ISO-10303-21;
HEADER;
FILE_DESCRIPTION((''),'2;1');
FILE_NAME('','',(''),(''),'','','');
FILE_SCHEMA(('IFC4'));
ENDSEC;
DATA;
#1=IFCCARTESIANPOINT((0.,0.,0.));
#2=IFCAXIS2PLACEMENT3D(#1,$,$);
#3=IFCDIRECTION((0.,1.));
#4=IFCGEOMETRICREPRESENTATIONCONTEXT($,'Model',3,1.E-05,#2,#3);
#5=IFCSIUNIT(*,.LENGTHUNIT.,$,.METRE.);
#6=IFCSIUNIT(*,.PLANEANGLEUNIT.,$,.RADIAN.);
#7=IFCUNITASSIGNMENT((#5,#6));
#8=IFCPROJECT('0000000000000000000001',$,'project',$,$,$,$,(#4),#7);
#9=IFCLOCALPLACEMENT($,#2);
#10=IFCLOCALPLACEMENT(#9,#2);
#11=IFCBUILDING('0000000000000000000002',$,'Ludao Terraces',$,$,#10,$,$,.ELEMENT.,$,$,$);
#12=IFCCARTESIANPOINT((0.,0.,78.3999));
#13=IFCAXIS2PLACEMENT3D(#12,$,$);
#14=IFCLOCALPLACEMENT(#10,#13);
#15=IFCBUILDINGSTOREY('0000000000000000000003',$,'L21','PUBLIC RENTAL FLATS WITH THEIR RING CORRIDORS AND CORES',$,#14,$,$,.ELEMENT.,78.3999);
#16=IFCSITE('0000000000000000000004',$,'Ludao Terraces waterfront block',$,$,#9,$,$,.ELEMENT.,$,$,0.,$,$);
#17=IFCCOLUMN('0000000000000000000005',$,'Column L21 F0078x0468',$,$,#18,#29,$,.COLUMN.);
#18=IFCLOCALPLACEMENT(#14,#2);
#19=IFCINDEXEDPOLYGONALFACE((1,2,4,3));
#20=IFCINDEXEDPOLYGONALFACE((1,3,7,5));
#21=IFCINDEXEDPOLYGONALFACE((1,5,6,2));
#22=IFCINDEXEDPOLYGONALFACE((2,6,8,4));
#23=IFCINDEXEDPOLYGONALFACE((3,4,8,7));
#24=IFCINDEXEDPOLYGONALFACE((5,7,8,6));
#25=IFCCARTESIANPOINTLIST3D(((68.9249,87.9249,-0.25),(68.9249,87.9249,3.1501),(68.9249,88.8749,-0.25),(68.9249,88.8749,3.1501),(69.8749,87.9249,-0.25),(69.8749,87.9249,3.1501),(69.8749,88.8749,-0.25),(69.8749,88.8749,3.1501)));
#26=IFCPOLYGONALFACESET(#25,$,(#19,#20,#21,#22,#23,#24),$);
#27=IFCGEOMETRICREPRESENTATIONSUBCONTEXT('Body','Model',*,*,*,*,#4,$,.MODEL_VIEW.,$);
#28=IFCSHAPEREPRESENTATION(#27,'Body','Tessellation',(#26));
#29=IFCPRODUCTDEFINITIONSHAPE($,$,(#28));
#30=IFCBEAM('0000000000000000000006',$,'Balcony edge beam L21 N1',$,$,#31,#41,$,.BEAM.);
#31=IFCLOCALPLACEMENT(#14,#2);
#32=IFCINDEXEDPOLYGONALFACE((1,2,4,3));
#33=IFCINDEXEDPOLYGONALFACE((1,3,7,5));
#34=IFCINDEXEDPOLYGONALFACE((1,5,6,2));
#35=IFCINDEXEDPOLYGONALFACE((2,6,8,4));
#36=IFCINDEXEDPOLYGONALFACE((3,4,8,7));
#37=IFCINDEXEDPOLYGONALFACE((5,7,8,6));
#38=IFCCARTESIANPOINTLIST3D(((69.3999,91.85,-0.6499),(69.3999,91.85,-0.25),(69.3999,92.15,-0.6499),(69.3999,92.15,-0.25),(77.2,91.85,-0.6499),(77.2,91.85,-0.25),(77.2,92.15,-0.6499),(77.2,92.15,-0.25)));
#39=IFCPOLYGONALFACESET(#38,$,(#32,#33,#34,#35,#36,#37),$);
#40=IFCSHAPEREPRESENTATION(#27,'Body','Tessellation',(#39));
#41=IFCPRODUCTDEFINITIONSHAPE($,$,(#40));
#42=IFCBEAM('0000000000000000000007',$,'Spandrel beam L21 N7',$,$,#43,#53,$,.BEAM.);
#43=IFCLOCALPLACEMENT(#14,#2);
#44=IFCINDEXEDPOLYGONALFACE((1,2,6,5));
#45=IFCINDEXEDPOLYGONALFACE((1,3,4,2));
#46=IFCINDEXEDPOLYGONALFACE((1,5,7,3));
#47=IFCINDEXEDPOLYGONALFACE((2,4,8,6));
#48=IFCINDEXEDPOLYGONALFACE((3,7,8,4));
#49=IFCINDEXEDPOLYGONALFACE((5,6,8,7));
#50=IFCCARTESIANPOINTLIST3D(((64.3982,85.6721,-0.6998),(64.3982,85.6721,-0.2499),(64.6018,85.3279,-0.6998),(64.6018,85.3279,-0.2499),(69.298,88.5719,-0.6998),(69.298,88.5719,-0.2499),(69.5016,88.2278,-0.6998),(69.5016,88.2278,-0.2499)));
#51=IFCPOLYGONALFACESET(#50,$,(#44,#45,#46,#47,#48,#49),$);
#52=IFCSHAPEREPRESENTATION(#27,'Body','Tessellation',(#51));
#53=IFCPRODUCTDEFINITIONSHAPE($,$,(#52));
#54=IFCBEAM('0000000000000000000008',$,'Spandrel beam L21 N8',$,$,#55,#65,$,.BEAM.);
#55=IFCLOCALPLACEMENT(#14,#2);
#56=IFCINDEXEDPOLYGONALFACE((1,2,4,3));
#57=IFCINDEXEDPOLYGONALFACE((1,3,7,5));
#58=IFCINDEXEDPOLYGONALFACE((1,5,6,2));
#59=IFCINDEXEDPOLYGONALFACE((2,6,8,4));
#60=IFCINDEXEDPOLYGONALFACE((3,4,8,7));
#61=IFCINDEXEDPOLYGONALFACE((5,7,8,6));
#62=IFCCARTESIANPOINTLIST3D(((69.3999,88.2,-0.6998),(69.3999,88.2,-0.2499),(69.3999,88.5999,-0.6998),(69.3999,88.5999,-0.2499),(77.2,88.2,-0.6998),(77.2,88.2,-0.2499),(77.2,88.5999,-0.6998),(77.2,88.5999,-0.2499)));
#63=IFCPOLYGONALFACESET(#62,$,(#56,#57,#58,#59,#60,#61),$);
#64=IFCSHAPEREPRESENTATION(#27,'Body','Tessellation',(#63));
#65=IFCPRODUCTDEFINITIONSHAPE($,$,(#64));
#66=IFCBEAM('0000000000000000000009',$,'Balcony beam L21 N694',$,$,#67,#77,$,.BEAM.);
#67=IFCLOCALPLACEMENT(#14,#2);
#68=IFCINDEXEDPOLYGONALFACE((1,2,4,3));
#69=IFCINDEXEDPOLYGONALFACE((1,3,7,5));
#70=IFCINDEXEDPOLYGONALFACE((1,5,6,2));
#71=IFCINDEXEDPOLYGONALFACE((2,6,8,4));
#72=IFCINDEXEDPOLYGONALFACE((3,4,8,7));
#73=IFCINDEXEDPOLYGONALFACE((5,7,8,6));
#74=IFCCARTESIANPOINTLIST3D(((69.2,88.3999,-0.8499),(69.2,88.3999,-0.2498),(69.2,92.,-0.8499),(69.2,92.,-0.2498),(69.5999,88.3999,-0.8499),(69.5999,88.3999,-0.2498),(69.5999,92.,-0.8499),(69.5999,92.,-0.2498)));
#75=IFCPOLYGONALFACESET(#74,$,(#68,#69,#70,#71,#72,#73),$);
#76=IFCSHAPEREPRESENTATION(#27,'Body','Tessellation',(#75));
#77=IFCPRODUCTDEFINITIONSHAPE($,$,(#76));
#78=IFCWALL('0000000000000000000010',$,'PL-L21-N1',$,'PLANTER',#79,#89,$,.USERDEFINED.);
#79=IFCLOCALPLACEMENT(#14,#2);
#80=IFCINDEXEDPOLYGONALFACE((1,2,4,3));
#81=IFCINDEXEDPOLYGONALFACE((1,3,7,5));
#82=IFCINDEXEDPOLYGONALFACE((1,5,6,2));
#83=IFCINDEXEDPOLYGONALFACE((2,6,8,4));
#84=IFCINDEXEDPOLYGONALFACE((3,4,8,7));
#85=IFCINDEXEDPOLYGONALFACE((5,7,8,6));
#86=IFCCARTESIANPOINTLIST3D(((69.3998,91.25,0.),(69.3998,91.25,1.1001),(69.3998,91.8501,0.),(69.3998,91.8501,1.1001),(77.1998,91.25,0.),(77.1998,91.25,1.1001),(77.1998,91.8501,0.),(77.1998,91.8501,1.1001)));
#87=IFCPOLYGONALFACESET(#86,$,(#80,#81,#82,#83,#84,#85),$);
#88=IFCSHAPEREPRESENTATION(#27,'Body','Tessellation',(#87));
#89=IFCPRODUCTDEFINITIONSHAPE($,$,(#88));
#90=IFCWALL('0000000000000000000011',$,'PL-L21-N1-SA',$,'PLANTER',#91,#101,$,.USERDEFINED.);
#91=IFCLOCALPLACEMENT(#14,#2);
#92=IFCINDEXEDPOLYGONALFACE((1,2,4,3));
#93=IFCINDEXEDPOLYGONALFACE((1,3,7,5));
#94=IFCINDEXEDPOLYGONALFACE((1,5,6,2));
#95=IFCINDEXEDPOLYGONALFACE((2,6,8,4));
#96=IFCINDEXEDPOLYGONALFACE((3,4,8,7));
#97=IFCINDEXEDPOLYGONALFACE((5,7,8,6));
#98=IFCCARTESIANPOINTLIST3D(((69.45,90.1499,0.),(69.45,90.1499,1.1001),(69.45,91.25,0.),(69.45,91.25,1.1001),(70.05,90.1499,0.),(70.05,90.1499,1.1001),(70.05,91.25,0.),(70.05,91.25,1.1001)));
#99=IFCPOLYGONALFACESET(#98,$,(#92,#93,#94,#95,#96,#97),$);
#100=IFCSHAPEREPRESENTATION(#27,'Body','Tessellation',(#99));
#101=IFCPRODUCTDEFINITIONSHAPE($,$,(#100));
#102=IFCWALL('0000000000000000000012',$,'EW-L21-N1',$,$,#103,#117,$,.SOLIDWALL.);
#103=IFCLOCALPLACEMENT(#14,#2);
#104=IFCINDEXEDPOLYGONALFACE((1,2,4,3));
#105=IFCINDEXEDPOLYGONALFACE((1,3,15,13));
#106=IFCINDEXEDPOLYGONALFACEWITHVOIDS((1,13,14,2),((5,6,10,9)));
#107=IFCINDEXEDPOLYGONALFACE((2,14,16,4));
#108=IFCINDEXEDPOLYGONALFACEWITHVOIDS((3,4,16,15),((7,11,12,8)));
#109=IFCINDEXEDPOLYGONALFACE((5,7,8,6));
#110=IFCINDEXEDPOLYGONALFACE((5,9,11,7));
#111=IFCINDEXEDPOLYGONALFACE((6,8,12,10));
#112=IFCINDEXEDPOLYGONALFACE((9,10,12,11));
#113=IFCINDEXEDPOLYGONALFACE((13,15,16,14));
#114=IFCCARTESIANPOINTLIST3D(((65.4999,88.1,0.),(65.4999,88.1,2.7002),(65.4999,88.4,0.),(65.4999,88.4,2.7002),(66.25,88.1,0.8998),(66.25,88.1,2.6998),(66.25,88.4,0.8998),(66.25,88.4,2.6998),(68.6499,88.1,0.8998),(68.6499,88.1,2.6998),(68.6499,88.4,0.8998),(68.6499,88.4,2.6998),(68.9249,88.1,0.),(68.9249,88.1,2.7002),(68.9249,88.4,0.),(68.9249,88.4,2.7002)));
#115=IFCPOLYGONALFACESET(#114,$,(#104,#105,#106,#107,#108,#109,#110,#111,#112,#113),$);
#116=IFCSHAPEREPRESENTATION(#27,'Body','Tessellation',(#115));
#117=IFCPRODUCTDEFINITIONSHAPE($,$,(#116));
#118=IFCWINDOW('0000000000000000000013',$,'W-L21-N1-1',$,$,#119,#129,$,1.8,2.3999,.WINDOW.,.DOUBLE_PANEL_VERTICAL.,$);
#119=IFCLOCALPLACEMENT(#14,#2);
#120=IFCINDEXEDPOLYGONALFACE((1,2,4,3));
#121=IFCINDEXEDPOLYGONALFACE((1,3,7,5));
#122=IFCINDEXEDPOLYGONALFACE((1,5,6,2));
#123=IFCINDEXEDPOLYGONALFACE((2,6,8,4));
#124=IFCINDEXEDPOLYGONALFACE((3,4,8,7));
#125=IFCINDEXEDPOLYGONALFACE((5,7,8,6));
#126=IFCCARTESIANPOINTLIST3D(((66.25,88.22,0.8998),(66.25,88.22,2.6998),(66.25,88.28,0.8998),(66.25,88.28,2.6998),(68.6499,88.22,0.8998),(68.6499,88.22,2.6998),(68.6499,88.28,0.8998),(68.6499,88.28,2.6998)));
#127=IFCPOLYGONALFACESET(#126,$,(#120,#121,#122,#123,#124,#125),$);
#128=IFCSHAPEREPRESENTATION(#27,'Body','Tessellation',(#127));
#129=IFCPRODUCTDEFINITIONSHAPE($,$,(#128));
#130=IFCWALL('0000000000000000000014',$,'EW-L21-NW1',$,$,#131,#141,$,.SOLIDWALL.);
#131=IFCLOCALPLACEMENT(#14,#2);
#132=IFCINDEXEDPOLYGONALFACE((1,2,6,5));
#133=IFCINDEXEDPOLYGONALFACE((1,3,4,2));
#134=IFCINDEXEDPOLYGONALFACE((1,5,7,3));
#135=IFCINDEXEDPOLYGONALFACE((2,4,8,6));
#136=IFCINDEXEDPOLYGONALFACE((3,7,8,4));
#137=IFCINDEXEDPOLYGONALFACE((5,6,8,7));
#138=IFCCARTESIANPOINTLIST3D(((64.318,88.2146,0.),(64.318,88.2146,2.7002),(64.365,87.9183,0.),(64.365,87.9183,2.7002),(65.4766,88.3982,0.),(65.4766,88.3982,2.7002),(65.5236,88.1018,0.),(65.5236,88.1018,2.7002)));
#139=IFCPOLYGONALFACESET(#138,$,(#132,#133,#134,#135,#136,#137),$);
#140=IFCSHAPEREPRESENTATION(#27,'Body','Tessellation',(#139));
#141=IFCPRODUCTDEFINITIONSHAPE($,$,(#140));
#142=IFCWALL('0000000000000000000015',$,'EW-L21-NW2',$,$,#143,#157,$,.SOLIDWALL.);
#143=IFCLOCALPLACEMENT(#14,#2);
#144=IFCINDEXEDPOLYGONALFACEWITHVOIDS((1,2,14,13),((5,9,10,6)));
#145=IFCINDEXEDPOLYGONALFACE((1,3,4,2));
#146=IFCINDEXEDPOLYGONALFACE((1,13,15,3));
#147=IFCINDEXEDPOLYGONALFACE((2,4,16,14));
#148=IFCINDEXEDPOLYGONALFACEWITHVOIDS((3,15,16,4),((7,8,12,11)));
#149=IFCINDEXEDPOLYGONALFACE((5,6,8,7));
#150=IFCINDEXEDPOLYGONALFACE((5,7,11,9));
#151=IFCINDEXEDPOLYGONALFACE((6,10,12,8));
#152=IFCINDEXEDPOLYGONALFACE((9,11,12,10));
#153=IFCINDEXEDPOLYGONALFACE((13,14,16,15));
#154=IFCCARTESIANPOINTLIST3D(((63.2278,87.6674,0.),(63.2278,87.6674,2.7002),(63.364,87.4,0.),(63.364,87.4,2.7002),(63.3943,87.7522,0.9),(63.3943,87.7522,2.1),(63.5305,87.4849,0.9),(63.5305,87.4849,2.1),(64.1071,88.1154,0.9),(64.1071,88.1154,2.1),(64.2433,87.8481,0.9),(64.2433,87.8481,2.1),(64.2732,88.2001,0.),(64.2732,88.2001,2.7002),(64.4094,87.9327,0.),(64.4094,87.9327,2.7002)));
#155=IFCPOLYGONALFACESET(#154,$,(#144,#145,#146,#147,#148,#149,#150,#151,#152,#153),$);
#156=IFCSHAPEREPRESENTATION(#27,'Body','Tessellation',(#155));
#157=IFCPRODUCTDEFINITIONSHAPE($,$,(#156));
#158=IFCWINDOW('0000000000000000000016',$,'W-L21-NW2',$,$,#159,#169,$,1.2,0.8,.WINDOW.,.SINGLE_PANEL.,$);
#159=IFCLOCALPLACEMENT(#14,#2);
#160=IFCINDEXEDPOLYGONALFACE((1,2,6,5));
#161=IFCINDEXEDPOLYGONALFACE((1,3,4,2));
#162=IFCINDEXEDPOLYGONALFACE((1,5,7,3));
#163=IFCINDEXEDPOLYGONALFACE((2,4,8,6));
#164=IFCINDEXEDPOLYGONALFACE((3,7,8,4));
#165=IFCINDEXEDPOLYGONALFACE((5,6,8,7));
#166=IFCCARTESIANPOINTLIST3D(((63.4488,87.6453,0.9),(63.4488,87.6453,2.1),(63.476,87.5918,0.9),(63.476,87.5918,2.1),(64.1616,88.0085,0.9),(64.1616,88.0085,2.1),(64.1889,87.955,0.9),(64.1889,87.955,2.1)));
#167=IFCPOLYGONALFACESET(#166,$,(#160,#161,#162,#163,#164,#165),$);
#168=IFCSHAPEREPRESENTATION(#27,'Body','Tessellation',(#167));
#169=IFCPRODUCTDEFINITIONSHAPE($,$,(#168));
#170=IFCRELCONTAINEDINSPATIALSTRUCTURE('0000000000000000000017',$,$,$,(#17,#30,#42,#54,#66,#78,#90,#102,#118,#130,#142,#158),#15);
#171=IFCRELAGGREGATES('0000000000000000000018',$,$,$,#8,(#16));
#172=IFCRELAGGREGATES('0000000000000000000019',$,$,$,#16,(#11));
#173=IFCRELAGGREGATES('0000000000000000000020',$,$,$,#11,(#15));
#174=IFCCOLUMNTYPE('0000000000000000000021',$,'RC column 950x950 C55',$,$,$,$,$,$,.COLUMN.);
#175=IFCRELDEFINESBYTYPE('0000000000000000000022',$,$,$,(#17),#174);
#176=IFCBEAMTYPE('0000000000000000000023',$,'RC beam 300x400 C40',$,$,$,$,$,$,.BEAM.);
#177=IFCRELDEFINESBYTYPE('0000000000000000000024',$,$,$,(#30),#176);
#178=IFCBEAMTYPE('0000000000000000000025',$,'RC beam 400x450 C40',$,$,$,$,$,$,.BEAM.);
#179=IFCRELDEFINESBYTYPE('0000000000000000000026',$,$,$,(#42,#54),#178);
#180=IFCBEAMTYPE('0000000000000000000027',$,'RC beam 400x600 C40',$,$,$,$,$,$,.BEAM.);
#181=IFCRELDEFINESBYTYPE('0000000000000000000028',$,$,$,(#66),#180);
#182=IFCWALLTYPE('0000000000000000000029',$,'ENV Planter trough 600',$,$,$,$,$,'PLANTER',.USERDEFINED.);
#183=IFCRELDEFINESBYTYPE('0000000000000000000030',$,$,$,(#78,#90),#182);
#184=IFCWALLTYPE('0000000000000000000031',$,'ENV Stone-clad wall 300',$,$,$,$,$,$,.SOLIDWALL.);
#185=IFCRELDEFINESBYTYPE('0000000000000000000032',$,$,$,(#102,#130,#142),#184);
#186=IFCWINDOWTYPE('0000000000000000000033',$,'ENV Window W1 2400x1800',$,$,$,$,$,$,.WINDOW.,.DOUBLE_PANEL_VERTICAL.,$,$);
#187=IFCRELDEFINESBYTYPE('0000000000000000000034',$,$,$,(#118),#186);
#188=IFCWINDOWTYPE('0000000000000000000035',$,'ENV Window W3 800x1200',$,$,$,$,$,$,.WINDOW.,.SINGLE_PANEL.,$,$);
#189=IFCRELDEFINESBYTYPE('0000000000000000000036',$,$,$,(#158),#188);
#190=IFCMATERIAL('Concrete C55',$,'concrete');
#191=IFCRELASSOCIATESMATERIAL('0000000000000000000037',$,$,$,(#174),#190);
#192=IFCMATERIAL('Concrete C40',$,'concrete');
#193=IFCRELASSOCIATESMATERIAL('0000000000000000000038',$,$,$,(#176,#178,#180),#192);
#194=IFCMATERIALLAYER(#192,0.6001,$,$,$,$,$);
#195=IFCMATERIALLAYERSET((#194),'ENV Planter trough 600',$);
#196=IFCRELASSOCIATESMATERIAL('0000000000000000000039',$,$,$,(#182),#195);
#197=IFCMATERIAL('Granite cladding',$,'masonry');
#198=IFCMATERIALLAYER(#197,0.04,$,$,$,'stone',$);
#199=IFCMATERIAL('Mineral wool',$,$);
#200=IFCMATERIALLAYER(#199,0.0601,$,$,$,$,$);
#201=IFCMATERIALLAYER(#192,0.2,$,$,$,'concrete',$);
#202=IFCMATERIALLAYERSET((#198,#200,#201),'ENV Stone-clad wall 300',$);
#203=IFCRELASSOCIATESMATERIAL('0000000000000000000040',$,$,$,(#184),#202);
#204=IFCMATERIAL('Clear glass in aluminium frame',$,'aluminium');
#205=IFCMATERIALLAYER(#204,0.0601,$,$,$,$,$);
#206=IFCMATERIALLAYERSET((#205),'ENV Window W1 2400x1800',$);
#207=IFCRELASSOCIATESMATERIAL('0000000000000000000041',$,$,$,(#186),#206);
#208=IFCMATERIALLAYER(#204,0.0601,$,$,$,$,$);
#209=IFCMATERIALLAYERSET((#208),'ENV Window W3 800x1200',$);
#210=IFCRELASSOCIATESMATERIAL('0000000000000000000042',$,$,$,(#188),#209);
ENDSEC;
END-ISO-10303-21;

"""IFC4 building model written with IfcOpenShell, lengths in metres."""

from ifc_helpers import new_model, si_unit, direction, frame, frame_2d, origin, origin_2d, place, context, subcontext, project, spatial, rectangle, extrude, material, layer, layer_set, material_profile, profile_set, type_object, element, fill, save


model = new_model("IFC4")

# Units and contexts
model_context = context("Model", 3, precision=1e-05, world=origin(), true_north=direction((0.0, 1.0)))
body_context = subcontext(model_context, "Body", "Model", "MODEL_VIEW")
ifc_project = project(units=[si_unit("LENGTHUNIT", "METRE"), si_unit("PLANEANGLEUNIT", "RADIAN")], contexts=[model_context])

# Site, building, storey
site_placement = place(None, origin())
site = spatial("IfcSite", under=ifc_project, at=site_placement, Name="Ludao Terraces waterfront block", CompositionType="ELEMENT", RefElevation=0.0)
building_placement = place(site_placement, origin())
building = spatial("IfcBuilding", under=site, at=building_placement, Name="Ludao Terraces", CompositionType="ELEMENT")
storey_placement = place(building_placement, frame((0.0, 0.0, 78.3999)))
storey = spatial("IfcBuildingStorey", under=building, at=storey_placement, Name="L21", Description="PUBLIC RENTAL FLATS WITH THEIR RING CORRIDORS AND CORES", CompositionType="ELEMENT", Elevation=78.3999)

# Column
ifc_material_1 = material(Name="Concrete C55", Category="concrete")
ifc_material_profile_1 = material_profile(ifc_material_1, rectangle(XDim=0.95, YDim=0.95, at=origin_2d()), Name="950 X 950")
ifc_profile_set_1 = profile_set([ifc_material_profile_1], Name="Concrete C55")
column_type = type_object("IfcColumnType", Name="RC column 950x950 C55", PredefinedType="COLUMN", material=ifc_profile_set_1)
column_placement = place(storey_placement, frame((69.3999, 88.3999, -0.25), z_axis=(0.0, 0.0, 1.0), x_axis=(1.0, 0.0, 0.0)))
element("IfcColumn", 1, at=column_placement, inside=storey, type_object=column_type, Name="Column L21 F0078x0468", PredefinedType="COLUMN", context=body_context, shape_type="SweptSolid", body=[
    extrude(rectangle(XDim=0.95, YDim=0.95, at=origin_2d()), origin(), (0.0, 0.0, 1.0), 3.4001),
])

# Beams
ifc_material_2 = material(Name="Concrete C40", Category="concrete")
ifc_material_profile_2 = material_profile(ifc_material_2, rectangle(XDim=0.3, YDim=0.3999, at=origin_2d()), Name="300 X 400")
ifc_profile_set_2 = profile_set([ifc_material_profile_2], Name="Concrete C40")
beam_type_1 = type_object("IfcBeamType", Name="RC beam 300x400 C40", PredefinedType="BEAM", material=ifc_profile_set_2)
beam_1_placement = place(storey_placement, frame((69.3999, 92.0, -0.45), z_axis=(1.0, 0.0, 0.0), x_axis=(0.0, 1.0, 0.0)))
element("IfcBeam", 2, at=beam_1_placement, inside=storey, type_object=beam_type_1, Name="Balcony edge beam L21 N1", PredefinedType="BEAM", context=body_context, shape_type="SweptSolid", body=[
    extrude(rectangle(XDim=0.3, YDim=0.3999, at=origin_2d()), origin(), (0.0, 0.0, 1.0), 7.8),
])
ifc_material_profile_3 = material_profile(ifc_material_2, rectangle(XDim=0.3999, YDim=0.45, at=origin_2d()), Name="400 X 450")
ifc_profile_set_3 = profile_set([ifc_material_profile_3], Name="Concrete C40")
beam_type_2 = type_object("IfcBeamType", Name="RC beam 400x450 C40", PredefinedType="BEAM", material=ifc_profile_set_3)
beam_2_placement = place(storey_placement, frame((64.5, 85.5, -0.4749), z_axis=(0.86058, 0.509316, 0.0), x_axis=(-0.509316, 0.86058, 0.0)))
element("IfcBeam", 3, at=beam_2_placement, inside=storey, type_object=beam_type_2, Name="Spandrel beam L21 N7", PredefinedType="BEAM", context=body_context, shape_type="SweptSolid", body=[
    extrude(rectangle(XDim=0.3999, YDim=0.45, at=origin_2d()), origin(), (0.0, 0.0, 1.0), 5.6936),
])
beam_3_placement = place(storey_placement, frame((69.3999, 88.3999, -0.4749), z_axis=(1.0, 0.0, 0.0), x_axis=(0.0, 1.0, 0.0)))
element("IfcBeam", 4, at=beam_3_placement, inside=storey, type_object=beam_type_2, Name="Spandrel beam L21 N8", PredefinedType="BEAM", context=body_context, shape_type="SweptSolid", body=[
    extrude(rectangle(XDim=0.3999, YDim=0.45, at=origin_2d()), origin(), (0.0, 0.0, 1.0), 7.8),
])
ifc_material_profile_4 = material_profile(ifc_material_2, rectangle(XDim=0.3999, YDim=0.6001, at=origin_2d()), Name="400 X 600")
ifc_profile_set_4 = profile_set([ifc_material_profile_4], Name="Concrete C40")
beam_type_3 = type_object("IfcBeamType", Name="RC beam 400x600 C40", PredefinedType="BEAM", material=ifc_profile_set_4)
beam_4_placement = place(storey_placement, frame((69.3999, 88.3999, -0.5498), z_axis=(0.0, 1.0, 0.0), x_axis=(-1.0, 0.0, 0.0)))
element("IfcBeam", 5, at=beam_4_placement, inside=storey, type_object=beam_type_3, Name="Balcony beam L21 N694", PredefinedType="BEAM", context=body_context, shape_type="SweptSolid", body=[
    extrude(rectangle(XDim=0.3999, YDim=0.6001, at=origin_2d()), origin(), (0.0, 0.0, 1.0), 3.6001),
])

# Walls
ifc_layer_1 = layer(ifc_material_2, 0.6001)
ifc_layer_set_1 = layer_set([ifc_layer_1], Name="ENV Planter trough 600")
wall_type_1 = type_object("IfcWallType", Name="ENV Planter trough 600", ElementType="PLANTER", PredefinedType="USERDEFINED", material=ifc_layer_set_1)
wall_1_placement = place(storey_placement, frame((69.3999, 91.55, 0.0), z_axis=(0.0, 0.0, 1.0), x_axis=(1.0, 0.0, 0.0)))
element("IfcWall", 6, at=wall_1_placement, inside=storey, type_object=wall_type_1, Name="PL-L21-N1", ObjectType="PLANTER", PredefinedType="USERDEFINED", context=body_context, shape_type="SweptSolid", body=[
    extrude(rectangle(XDim=7.8, YDim=0.6001, at=frame_2d((3.8999, 0.0))), origin(), (0.0, 0.0, 1.0), 1.1001),
])
wall_2_placement = place(storey_placement, frame((69.75, 91.25, 0.0), z_axis=(0.0, 0.0, 1.0), x_axis=(0.0, -1.0, 0.0)))
element("IfcWall", 7, at=wall_2_placement, inside=storey, type_object=wall_type_1, Name="PL-L21-N1-SA", ObjectType="PLANTER", PredefinedType="USERDEFINED", context=body_context, shape_type="SweptSolid", body=[
    extrude(rectangle(XDim=1.1001, YDim=0.6001, at=frame_2d((0.55, 0.0))), origin(), (0.0, 0.0, 1.0), 1.1001),
])

# Wall, opening, window
ifc_material_3 = material(Name="Granite cladding", Category="masonry")
ifc_layer_2 = layer(ifc_material_3, 0.04, Category="stone")
ifc_material_4 = material(Name="Mineral wool")
ifc_layer_3 = layer(ifc_material_4, 0.0601)
ifc_layer_4 = layer(ifc_material_2, 0.2, Category="concrete")
ifc_layer_set_2 = layer_set([ifc_layer_2, ifc_layer_3, ifc_layer_4], Name="ENV Stone-clad wall 300")
wall_type_2 = type_object("IfcWallType", Name="ENV Stone-clad wall 300", PredefinedType="SOLIDWALL", material=ifc_layer_set_2)
wall_3_placement = place(storey_placement, frame((65.5, 88.25, 0.0), z_axis=(0.0, 0.0, 1.0), x_axis=(1.0, 0.0, 0.0)))
wall_3 = element("IfcWall", 8, at=wall_3_placement, inside=storey, type_object=wall_type_2, Name="EW-L21-N1", PredefinedType="SOLIDWALL", context=body_context, shape_type="SweptSolid", body=[
    extrude(rectangle(XDim=3.425, YDim=0.3, at=frame_2d((1.7124, 0.0))), origin(), (0.0, 0.0, 1.0), 2.7002),
])
opening_1_placement = place(wall_3_placement, frame((0.75, 0.0, 0.8999)))
opening_1 = element("IfcOpeningElement", 9, at=opening_1_placement, cuts=wall_3, PredefinedType="OPENING", context=body_context, shape_type="SweptSolid", body=[
    extrude(rectangle(XDim=2.3999, YDim=1.8, at=frame_2d((1.2, 0.8999))), frame((0.0, 0.1602, 0.0), z_axis=(0.0, -1.0, 0.0), x_axis=(1.0, 0.0, 0.0)), (0.0, 0.0, 1.0), 0.3201),
])
ifc_material_5 = material(Name="Clear glass in aluminium frame", Category="aluminium")
ifc_layer_5 = layer(ifc_material_5, 0.0601)
ifc_layer_set_3 = layer_set([ifc_layer_5], Name="ENV Window W1 2400x1800")
window_type_1 = type_object("IfcWindowType", Name="ENV Window W1 2400x1800", PartitioningType="DOUBLE_PANEL_VERTICAL", PredefinedType="WINDOW", material=ifc_layer_set_3)
window_1_placement = place(opening_1_placement, origin())
window_1 = element("IfcWindow", 10, at=window_1_placement, inside=storey, type_object=window_type_1, Name="W-L21-N1-1", OverallHeight=1.8, OverallWidth=2.3999, PartitioningType="DOUBLE_PANEL_VERTICAL", PredefinedType="WINDOW", context=body_context, shape_type="SweptSolid", body=[
    extrude(rectangle(XDim=2.3999, YDim=1.8, at=frame_2d((1.2, 0.8999))), frame((0.0, 0.03, 0.0), z_axis=(0.0, -1.0, 0.0), x_axis=(1.0, 0.0, 0.0)), (0.0, 0.0, 1.0), 0.0601),
])
fill(opening_1, window_1)

# Wall
wall_4_placement = place(storey_placement, frame((65.5, 88.25, 0.0), z_axis=(0.0, 0.0, 1.0), x_axis=(-0.987678, -0.156497, 0.0)))
element("IfcWall", 11, at=wall_4_placement, inside=storey, type_object=wall_type_2, Name="EW-L21-NW1", PredefinedType="SOLIDWALL", context=body_context, shape_type="SweptSolid", body=[
    extrude(rectangle(XDim=1.1731, YDim=0.3, at=frame_2d((0.5864, 0.0))), origin(), (0.0, 0.0, 1.0), 2.7002),
])

# Wall, opening, window
wall_5_placement = place(storey_placement, frame((64.3413, 88.0664, 0.0), z_axis=(0.0, 0.0, 1.0), x_axis=(-0.890989, -0.454026, 0.0)))
wall_5 = element("IfcWall", 12, at=wall_5_placement, inside=storey, type_object=wall_type_2, Name="EW-L21-NW2", PredefinedType="SOLIDWALL", context=body_context, shape_type="SweptSolid", body=[
    extrude(rectangle(XDim=1.1733, YDim=0.3, at=frame_2d((0.5867, 0.0))), origin(), (0.0, 0.0, 1.0), 2.7002),
])
opening_2_placement = place(wall_5_placement, frame((0.1865, 0.0, 0.8999)))
opening_2 = element("IfcOpeningElement", 13, at=opening_2_placement, cuts=wall_5, PredefinedType="OPENING", context=body_context, shape_type="SweptSolid", body=[
    extrude(rectangle(XDim=0.8, YDim=1.2, at=frame_2d((0.3999, 0.6001))), frame((0.0, 0.1602, 0.0), z_axis=(0.0, -1.0, 0.0), x_axis=(1.0, 0.0, 0.0)), (0.0, 0.0, 1.0), 0.3201),
])
ifc_layer_6 = layer(ifc_material_5, 0.0601)
ifc_layer_set_4 = layer_set([ifc_layer_6], Name="ENV Window W3 800x1200")
window_type_2 = type_object("IfcWindowType", Name="ENV Window W3 800x1200", PartitioningType="SINGLE_PANEL", PredefinedType="WINDOW", material=ifc_layer_set_4)
window_2_placement = place(opening_2_placement, origin())
window_2 = element("IfcWindow", 14, at=window_2_placement, inside=storey, type_object=window_type_2, Name="W-L21-NW2", OverallHeight=1.2, OverallWidth=0.8, PartitioningType="SINGLE_PANEL", PredefinedType="WINDOW", context=body_context, shape_type="SweptSolid", body=[
    extrude(rectangle(XDim=0.8, YDim=1.2, at=frame_2d((0.3999, 0.6001))), frame((0.0, 0.03, 0.0), z_axis=(0.0, -1.0, 0.0), x_axis=(1.0, 0.0, 0.0)), (0.0, 0.0, 1.0), 0.0601),
])
fill(opening_2, window_2)

save(model, "model.ifc")
